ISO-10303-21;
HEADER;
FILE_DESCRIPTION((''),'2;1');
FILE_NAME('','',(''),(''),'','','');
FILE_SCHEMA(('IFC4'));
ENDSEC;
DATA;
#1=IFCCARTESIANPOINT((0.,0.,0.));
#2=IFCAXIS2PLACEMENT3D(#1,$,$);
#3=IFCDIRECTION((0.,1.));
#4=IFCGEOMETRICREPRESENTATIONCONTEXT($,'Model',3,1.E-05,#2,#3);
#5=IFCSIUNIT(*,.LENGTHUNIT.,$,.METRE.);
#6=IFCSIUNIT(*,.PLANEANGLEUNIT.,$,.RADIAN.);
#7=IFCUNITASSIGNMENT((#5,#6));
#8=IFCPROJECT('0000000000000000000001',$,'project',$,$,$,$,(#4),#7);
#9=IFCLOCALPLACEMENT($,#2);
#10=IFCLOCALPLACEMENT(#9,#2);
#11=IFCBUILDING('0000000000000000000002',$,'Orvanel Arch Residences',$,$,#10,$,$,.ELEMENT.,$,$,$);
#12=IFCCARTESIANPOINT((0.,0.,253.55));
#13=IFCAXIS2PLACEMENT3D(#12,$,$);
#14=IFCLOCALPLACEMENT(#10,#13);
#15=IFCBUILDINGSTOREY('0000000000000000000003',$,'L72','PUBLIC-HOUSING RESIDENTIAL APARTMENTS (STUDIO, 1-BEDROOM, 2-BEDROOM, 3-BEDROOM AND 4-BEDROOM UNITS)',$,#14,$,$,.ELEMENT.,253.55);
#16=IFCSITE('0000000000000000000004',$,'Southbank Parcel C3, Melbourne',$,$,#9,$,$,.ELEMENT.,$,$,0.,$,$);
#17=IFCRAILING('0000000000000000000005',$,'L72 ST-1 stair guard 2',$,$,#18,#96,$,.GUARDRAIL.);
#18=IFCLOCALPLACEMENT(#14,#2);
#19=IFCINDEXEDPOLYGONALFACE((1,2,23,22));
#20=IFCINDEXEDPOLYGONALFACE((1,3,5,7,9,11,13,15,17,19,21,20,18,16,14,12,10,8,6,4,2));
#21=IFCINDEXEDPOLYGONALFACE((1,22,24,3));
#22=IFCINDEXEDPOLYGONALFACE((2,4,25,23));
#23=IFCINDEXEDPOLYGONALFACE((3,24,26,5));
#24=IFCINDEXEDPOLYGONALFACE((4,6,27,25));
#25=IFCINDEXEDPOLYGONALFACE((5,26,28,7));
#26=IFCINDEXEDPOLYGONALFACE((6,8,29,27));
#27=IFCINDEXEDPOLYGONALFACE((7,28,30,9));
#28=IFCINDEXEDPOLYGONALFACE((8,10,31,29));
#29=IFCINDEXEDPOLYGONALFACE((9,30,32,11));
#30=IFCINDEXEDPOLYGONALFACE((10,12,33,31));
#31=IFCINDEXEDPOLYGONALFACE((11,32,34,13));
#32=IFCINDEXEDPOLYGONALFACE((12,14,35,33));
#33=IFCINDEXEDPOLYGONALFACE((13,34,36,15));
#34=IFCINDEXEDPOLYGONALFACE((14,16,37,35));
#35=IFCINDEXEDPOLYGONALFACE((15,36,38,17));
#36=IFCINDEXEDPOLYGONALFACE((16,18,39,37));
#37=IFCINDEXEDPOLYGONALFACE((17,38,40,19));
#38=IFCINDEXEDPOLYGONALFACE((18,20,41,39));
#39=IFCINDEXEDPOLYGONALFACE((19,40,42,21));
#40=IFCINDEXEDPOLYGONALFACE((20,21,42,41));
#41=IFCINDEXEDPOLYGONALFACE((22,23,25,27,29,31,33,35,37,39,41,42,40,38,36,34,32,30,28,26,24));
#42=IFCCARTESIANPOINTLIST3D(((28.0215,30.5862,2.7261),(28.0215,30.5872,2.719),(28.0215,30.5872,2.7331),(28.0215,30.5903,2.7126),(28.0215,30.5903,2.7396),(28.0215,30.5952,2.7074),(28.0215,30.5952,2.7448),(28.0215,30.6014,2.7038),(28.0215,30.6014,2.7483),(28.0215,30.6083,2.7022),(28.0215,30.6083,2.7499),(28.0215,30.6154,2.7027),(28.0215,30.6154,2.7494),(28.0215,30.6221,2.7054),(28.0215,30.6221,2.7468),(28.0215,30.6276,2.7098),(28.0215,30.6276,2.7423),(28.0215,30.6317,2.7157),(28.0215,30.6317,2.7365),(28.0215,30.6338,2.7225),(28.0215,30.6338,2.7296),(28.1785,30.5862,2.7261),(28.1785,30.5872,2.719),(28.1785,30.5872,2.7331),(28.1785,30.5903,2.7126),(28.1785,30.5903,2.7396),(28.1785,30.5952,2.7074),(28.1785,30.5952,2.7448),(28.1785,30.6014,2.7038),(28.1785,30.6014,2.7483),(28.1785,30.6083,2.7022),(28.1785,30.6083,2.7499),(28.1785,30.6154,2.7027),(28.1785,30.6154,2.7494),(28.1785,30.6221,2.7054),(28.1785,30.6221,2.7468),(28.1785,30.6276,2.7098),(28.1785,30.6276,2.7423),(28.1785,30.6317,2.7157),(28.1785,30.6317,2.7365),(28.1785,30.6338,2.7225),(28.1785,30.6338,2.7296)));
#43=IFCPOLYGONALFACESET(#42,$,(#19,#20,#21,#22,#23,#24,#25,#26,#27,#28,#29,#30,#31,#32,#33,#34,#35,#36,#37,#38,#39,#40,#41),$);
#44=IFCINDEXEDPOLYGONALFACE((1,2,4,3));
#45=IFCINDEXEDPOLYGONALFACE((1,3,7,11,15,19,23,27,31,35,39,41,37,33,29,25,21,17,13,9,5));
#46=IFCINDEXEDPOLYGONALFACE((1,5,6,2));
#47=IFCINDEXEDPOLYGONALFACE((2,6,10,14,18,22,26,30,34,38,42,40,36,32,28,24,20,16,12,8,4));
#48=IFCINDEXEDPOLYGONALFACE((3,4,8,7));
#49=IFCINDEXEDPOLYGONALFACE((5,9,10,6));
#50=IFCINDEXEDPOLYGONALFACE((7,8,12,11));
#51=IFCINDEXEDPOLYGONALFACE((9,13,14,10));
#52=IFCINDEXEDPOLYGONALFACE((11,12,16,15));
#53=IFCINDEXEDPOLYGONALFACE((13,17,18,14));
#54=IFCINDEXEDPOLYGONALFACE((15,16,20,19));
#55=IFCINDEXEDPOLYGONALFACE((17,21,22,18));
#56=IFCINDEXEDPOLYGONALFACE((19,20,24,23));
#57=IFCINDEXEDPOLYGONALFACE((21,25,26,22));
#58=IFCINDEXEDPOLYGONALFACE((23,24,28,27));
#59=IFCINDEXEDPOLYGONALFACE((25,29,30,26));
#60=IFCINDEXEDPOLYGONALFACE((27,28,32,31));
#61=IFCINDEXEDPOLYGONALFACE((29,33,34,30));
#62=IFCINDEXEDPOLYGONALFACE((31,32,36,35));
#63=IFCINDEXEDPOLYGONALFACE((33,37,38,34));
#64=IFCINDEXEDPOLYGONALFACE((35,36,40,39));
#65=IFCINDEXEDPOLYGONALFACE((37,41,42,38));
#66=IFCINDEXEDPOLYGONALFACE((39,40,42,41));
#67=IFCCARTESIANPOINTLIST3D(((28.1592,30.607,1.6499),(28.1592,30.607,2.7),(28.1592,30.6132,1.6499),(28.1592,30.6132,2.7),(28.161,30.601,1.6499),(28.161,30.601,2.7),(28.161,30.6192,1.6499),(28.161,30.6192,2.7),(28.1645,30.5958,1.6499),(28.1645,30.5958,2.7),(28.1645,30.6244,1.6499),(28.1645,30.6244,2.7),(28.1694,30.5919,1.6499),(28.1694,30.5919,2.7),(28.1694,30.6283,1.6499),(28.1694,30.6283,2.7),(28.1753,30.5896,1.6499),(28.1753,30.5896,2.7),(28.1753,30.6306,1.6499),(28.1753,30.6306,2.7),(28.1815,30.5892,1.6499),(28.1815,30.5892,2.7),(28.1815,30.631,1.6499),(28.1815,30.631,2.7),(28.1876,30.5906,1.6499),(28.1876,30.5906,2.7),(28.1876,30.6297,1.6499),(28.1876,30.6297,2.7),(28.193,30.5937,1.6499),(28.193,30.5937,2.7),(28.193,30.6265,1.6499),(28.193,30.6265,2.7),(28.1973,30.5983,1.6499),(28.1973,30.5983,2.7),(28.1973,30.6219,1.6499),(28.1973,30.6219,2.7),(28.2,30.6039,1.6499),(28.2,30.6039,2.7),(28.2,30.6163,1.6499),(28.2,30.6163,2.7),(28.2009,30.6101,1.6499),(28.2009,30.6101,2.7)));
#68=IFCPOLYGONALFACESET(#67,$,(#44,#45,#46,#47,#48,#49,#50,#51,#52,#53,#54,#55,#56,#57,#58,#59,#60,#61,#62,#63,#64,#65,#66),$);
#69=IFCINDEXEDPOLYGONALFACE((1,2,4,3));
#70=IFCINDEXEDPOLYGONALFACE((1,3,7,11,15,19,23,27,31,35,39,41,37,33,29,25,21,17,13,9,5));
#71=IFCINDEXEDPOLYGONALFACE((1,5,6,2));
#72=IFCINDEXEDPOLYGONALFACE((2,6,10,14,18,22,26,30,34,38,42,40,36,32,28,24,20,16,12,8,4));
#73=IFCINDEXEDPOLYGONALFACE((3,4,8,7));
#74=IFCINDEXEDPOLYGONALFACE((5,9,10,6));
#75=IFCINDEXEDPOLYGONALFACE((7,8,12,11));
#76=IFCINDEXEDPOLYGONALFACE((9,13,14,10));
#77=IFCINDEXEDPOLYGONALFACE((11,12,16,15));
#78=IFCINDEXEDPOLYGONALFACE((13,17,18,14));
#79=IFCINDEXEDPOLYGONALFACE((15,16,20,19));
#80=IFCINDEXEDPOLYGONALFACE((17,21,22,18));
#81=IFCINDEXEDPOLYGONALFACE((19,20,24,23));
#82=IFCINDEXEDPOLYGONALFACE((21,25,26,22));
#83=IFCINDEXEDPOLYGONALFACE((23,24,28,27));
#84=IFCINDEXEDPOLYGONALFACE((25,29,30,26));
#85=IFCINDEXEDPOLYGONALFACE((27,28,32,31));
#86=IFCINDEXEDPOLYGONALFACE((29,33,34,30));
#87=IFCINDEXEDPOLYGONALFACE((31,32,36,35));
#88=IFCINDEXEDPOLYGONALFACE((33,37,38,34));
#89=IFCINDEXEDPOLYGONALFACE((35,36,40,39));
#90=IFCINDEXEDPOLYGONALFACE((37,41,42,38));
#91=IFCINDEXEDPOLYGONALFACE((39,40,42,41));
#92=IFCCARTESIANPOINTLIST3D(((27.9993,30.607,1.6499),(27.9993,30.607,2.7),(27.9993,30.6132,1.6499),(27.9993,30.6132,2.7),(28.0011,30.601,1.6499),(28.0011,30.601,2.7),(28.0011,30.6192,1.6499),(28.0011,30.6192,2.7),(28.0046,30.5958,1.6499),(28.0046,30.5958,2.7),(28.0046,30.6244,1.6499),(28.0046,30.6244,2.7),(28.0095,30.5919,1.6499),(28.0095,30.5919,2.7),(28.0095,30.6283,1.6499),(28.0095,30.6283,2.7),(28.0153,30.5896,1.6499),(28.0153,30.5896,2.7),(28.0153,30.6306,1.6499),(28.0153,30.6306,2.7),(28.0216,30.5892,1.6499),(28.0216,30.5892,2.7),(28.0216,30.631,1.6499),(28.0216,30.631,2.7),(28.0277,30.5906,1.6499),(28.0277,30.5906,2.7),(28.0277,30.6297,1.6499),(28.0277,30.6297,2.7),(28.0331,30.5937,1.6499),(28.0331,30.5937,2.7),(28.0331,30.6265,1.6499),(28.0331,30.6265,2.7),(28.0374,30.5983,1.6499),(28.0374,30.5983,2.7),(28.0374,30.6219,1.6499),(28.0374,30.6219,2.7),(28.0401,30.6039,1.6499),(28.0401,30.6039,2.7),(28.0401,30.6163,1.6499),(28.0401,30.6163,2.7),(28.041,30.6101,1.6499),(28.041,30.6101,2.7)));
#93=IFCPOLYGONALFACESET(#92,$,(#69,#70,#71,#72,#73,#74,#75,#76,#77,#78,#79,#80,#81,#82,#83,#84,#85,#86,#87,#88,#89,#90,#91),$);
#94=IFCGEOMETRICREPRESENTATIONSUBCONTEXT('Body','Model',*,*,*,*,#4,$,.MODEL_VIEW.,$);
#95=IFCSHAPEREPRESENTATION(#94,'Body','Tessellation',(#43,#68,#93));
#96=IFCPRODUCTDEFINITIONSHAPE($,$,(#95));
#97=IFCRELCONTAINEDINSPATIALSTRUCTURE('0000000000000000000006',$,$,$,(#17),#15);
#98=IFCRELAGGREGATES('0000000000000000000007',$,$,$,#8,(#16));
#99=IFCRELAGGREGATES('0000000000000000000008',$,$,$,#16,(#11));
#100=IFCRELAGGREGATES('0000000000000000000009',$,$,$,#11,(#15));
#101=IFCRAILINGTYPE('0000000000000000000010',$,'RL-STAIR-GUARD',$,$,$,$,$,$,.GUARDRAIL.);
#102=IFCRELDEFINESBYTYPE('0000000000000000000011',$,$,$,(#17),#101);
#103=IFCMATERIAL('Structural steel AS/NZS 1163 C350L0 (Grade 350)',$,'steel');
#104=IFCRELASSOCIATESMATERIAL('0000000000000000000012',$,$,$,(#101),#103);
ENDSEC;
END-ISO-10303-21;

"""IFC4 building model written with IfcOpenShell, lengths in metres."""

from ifc_helpers import new_model, si_unit, direction, frame, origin, origin_2d, place, context, subcontext, project, spatial, circle, extrude, material, type_object, element, save


model = new_model("IFC4")

# Units and contexts
model_context = context("Model", 3, precision=1e-05, world=origin(), true_north=direction((0.0, 1.0)))
body_context = subcontext(model_context, "Body", "Model", "MODEL_VIEW")
ifc_project = project(units=[si_unit("LENGTHUNIT", "METRE"), si_unit("PLANEANGLEUNIT", "RADIAN")], contexts=[model_context])

# Site, building, storey
site_placement = place(None, origin())
site = spatial("IfcSite", under=ifc_project, at=site_placement, Name="Southbank Parcel C3, Melbourne", CompositionType="ELEMENT", RefElevation=0.0)
building_placement = place(site_placement, origin())
building = spatial("IfcBuilding", under=site, at=building_placement, Name="Orvanel Arch Residences", CompositionType="ELEMENT")
storey_placement = place(building_placement, frame((0.0, 0.0, 253.55)))
storey = spatial("IfcBuildingStorey", under=building, at=storey_placement, Name="L72", Description="PUBLIC-HOUSING RESIDENTIAL APARTMENTS (STUDIO, 1-BEDROOM, 2-BEDROOM, 3-BEDROOM AND 4-BEDROOM UNITS)", CompositionType="ELEMENT", Elevation=253.55)

# Railing
ifc_material_1 = material(Name="Structural steel AS/NZS 1163 C350L0 (Grade 350)", Category="steel")
railing_type_1 = type_object("IfcRailingType", Name="RL-STAIR-GUARD", PredefinedType="GUARDRAIL", material=ifc_material_1)
railing_1_placement = place(storey_placement, frame((28.1799, 30.6101, 1.6499)))
element("IfcRailing", 1, at=railing_1_placement, inside=storey, type_object=railing_type_1, Name="L72 ST-1 stair guard 2", PredefinedType="GUARDRAIL", context=body_context, shape_type="SweptSolid", body=[
    extrude(circle(Radius=0.0239, at=origin_2d()), frame((-0.0015, 0.0, 1.0762), z_axis=(-1.0, 0.0, 0.0), x_axis=(0.0, -1.0, 0.0)), (0.0, 0.0, 1.0), 0.157),
    extrude(circle(Radius=0.021, at=origin_2d()), origin(), (0.0, 0.0, 1.0), 1.05),
    extrude(circle(Radius=0.021, at=origin_2d()), frame((-0.1599, 0.0, 0.0)), (0.0, 0.0, 1.0), 1.05),
])

save(model, "model.ifc")
